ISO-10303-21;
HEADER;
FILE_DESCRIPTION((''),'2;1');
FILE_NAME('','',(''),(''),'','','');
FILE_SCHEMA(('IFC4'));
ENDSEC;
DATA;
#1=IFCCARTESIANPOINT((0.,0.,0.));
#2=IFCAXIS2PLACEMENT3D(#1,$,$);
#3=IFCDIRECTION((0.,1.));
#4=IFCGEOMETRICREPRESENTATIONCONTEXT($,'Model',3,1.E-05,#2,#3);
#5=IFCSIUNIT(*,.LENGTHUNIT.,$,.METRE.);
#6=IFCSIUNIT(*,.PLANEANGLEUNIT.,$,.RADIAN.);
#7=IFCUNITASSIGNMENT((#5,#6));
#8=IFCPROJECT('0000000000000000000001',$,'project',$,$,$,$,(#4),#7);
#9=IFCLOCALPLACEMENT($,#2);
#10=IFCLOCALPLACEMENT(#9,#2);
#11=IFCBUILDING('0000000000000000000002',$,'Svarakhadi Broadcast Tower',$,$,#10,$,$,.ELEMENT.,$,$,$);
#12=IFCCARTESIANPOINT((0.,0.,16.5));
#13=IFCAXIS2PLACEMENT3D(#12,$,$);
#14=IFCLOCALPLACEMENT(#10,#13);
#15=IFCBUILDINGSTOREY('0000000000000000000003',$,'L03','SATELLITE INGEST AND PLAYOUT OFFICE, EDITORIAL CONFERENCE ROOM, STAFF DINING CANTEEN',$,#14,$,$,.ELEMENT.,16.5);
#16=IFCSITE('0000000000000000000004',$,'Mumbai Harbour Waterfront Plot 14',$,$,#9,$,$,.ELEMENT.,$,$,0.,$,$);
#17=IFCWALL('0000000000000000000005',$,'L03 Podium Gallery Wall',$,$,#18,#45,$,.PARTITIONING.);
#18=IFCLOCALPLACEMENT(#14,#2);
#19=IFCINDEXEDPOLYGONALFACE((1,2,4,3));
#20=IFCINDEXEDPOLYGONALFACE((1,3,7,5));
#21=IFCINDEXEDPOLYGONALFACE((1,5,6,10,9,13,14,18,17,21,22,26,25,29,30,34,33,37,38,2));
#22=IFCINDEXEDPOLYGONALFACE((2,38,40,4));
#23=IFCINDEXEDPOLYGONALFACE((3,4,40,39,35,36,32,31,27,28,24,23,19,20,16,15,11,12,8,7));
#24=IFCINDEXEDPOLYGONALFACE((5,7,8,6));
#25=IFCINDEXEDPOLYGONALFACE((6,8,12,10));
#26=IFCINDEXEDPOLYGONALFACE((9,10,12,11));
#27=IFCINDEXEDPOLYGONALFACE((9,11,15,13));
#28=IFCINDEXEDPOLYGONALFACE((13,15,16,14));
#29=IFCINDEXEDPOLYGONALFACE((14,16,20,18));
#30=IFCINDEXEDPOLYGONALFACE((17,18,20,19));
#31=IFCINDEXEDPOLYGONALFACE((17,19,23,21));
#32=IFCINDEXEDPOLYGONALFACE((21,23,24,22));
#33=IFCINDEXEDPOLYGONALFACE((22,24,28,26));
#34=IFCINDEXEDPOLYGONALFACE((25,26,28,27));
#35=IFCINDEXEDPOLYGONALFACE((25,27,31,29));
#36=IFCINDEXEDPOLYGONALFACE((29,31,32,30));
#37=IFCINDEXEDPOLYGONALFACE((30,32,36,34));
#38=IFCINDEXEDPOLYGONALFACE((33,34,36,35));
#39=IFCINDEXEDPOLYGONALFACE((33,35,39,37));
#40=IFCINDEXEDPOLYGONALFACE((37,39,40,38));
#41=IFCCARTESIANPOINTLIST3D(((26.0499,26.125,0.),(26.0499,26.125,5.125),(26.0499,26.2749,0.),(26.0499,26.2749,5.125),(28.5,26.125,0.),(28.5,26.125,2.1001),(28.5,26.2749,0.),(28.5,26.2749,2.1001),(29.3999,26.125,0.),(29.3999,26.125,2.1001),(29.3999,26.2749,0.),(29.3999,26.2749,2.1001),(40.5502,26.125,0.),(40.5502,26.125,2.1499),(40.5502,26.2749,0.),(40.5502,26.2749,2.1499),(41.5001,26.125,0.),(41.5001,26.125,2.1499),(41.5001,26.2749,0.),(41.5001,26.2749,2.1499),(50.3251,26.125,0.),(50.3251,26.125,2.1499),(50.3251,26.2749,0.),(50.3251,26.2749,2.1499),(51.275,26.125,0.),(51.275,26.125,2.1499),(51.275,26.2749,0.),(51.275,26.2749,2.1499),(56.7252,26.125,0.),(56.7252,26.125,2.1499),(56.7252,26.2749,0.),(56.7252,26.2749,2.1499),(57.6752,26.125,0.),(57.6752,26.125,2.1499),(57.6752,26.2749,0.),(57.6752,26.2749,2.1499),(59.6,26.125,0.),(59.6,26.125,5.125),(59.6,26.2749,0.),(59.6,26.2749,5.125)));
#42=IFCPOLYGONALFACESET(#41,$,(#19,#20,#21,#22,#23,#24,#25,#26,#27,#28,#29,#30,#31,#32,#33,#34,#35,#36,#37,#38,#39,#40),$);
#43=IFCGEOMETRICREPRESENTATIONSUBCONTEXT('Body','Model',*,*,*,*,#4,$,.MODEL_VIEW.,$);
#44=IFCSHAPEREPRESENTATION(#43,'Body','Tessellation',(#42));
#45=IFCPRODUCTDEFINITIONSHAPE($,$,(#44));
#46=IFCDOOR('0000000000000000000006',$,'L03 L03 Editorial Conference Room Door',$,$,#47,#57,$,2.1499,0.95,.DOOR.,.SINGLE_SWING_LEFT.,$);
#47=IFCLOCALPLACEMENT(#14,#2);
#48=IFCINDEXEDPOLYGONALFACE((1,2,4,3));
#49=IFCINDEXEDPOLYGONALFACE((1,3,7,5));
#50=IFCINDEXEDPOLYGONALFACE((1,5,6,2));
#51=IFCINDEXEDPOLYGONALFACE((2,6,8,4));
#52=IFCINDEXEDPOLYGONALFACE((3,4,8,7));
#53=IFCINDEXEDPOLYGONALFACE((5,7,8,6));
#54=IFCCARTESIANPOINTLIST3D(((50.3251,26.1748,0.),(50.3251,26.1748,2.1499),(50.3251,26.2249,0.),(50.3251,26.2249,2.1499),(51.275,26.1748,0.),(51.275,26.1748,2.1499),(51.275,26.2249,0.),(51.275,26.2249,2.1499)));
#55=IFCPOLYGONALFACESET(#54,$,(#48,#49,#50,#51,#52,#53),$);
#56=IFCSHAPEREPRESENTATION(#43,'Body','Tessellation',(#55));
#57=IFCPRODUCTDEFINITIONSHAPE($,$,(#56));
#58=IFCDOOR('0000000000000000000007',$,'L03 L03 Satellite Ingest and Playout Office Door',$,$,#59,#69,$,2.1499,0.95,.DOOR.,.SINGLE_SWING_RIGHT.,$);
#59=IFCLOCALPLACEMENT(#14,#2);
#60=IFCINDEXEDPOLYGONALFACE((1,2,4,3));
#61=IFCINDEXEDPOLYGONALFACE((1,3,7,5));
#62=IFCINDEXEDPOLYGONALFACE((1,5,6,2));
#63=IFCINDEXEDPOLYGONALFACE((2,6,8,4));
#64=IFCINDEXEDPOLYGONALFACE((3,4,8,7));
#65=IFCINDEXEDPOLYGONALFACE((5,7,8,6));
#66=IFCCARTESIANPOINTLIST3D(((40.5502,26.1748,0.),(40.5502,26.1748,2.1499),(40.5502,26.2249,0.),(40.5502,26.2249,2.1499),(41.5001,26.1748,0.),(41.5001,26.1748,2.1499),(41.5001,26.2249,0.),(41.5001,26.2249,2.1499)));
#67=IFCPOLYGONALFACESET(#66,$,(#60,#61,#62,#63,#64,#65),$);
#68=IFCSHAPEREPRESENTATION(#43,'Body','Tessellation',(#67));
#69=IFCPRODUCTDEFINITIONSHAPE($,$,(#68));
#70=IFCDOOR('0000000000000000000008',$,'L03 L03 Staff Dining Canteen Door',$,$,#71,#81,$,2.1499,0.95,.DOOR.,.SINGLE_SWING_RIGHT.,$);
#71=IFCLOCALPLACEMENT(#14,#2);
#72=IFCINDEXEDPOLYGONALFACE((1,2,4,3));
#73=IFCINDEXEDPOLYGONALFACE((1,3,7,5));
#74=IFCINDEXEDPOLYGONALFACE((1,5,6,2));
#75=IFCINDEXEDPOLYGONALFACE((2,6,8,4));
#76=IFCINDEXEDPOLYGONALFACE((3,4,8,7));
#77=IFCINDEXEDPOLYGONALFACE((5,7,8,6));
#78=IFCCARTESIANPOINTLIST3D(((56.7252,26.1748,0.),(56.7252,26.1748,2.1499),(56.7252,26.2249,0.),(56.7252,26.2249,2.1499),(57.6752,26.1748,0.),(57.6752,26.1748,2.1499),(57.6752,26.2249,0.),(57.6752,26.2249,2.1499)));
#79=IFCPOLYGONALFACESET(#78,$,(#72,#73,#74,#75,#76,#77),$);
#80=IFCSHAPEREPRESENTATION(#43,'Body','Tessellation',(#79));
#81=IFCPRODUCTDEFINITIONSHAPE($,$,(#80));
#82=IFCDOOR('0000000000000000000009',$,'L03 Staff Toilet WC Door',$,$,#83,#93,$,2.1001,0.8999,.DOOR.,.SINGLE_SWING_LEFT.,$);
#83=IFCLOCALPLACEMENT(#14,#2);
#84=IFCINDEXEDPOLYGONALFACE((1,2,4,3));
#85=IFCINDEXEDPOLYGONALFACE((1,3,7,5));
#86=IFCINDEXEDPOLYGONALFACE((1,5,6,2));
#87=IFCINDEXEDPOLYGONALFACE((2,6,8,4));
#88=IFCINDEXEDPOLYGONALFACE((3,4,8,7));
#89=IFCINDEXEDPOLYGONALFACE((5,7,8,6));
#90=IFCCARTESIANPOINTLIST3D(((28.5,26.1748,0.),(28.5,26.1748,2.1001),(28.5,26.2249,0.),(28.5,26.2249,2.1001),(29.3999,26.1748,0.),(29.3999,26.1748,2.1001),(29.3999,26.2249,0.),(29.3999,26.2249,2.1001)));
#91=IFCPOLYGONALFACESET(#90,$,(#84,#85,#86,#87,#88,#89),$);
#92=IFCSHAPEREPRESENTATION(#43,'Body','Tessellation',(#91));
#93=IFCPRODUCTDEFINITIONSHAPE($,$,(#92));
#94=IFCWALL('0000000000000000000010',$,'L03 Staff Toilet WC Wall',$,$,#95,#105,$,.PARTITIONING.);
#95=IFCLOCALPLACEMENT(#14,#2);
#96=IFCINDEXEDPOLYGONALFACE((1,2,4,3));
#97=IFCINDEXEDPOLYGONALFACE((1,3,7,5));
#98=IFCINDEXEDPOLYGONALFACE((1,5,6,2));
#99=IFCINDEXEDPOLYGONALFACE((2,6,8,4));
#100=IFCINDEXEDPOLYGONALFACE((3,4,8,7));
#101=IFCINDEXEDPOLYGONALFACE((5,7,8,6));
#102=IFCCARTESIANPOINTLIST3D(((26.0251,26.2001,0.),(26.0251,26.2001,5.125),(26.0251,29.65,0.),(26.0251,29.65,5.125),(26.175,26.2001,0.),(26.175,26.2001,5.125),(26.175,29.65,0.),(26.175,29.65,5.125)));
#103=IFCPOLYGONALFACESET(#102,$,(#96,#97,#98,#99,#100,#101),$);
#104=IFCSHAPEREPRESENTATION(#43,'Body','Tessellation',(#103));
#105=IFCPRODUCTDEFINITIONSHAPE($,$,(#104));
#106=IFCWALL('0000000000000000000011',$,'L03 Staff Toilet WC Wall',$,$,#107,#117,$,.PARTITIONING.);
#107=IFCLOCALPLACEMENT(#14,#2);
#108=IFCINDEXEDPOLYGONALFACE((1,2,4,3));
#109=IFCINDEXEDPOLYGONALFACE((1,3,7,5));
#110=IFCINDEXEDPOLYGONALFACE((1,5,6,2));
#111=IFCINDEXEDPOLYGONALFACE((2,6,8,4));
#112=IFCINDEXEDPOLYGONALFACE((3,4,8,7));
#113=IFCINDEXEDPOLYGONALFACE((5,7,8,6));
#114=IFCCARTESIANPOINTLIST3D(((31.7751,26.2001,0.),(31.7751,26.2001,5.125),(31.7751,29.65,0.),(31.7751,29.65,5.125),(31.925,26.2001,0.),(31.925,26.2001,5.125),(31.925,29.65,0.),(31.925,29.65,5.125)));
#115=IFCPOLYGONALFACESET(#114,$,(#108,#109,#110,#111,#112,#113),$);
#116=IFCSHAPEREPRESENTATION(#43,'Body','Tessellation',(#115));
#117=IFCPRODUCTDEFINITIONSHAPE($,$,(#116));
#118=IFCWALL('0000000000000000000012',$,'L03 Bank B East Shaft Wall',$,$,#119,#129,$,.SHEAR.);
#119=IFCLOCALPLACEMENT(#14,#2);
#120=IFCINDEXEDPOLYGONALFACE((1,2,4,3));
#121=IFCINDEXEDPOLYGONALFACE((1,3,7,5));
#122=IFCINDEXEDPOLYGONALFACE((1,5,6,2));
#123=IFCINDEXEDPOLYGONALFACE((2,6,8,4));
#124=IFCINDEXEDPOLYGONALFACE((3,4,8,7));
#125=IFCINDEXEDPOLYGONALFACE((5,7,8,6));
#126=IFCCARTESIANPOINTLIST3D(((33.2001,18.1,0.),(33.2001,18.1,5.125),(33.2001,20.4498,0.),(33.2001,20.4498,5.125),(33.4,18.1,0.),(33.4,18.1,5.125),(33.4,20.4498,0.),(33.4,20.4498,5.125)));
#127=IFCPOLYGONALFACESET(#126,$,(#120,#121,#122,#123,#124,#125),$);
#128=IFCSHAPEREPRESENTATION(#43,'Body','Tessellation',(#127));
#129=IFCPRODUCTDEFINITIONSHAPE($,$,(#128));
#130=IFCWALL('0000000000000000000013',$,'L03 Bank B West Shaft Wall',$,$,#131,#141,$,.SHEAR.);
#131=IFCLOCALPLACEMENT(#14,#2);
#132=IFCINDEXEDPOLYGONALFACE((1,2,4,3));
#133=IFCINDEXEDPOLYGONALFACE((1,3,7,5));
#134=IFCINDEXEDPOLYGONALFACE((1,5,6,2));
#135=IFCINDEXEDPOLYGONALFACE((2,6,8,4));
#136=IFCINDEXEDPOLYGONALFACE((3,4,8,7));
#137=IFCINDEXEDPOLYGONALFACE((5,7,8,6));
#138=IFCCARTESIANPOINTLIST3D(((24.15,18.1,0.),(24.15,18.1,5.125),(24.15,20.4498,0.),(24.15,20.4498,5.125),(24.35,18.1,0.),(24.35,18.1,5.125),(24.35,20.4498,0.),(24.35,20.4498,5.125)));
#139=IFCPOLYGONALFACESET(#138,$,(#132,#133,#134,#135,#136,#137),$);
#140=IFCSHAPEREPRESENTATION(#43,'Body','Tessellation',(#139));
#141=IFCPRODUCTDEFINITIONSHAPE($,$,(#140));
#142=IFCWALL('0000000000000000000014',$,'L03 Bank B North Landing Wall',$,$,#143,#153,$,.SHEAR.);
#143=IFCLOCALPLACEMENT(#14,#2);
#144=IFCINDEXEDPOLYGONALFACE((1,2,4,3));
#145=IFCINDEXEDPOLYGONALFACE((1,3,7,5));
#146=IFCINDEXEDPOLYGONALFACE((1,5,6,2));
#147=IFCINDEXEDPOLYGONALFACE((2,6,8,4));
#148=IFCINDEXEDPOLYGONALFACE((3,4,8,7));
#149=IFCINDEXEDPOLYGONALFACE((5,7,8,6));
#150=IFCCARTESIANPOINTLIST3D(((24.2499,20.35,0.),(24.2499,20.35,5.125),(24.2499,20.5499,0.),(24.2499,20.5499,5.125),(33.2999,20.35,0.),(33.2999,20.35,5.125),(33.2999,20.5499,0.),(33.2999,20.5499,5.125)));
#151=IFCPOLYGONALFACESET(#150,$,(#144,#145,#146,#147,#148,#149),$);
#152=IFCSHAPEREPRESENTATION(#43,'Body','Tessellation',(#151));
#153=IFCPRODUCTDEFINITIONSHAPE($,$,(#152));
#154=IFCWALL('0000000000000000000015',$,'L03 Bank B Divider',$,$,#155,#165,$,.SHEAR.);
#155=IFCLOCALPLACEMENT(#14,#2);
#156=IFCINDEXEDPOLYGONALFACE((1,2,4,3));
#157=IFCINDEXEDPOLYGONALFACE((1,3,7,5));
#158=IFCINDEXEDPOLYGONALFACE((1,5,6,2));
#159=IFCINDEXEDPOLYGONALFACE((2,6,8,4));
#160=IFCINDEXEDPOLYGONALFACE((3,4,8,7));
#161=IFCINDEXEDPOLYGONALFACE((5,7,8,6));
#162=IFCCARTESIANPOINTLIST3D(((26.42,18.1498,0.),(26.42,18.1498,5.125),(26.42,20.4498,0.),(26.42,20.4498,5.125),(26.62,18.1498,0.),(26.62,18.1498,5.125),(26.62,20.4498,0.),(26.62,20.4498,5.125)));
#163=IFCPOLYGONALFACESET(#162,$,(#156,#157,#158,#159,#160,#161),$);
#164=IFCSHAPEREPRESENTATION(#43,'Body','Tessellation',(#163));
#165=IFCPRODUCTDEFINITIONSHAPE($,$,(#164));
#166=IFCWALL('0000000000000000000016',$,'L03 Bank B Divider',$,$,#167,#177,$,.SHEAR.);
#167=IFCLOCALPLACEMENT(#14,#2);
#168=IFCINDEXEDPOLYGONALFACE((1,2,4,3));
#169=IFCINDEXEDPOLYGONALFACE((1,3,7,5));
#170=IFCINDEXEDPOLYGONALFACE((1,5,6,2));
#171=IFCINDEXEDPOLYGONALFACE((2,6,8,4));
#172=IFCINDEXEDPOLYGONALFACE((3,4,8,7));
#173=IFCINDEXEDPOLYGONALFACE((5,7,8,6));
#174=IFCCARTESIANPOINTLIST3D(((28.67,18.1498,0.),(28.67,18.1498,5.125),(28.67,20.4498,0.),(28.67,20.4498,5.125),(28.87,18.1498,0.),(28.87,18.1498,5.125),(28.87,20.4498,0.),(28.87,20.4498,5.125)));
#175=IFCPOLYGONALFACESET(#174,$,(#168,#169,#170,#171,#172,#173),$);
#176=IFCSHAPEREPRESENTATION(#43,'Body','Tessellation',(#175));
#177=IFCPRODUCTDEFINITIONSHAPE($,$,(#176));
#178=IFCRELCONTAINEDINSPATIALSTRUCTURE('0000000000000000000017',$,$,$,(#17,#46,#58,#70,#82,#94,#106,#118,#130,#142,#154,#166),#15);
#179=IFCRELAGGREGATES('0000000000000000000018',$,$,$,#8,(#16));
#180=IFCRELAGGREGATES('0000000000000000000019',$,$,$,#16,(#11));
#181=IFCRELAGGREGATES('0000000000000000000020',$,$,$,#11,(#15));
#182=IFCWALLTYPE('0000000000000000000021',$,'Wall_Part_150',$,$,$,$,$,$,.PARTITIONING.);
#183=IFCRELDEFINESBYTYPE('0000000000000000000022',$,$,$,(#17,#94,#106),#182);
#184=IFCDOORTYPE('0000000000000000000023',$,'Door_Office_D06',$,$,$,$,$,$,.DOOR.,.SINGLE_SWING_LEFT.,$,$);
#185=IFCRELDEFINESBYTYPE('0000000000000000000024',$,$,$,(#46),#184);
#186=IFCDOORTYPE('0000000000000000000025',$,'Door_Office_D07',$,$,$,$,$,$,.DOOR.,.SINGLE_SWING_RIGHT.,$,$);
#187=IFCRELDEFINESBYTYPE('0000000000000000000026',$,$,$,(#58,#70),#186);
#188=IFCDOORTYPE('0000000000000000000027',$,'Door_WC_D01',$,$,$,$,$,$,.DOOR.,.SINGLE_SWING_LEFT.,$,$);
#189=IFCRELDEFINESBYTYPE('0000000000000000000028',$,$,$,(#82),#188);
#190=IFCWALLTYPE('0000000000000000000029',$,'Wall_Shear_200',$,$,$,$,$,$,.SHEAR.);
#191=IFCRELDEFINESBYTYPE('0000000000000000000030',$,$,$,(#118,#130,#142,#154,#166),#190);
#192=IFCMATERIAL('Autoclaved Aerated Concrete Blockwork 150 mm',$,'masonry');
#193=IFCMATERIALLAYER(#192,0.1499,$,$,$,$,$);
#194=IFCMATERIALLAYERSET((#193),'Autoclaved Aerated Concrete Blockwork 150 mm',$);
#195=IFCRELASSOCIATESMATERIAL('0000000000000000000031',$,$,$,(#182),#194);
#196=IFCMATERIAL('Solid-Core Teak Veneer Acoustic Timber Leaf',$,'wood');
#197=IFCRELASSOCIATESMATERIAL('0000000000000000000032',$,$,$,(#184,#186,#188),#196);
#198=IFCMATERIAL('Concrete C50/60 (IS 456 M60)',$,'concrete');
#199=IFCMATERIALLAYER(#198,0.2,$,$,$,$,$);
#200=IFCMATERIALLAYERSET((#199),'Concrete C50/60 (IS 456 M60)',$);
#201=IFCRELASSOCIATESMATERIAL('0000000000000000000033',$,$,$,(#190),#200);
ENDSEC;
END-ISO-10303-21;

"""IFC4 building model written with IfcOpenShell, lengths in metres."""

from ifc_helpers import new_model, si_unit, direction, frame, frame_2d, origin, place, context, subcontext, project, spatial, rectangle, extrude, material, layer, layer_set, type_object, element, fill, save


model = new_model("IFC4")

# Units and contexts
model_context = context("Model", 3, precision=1e-05, world=origin(), true_north=direction((0.0, 1.0)))
body_context = subcontext(model_context, "Body", "Model", "MODEL_VIEW")
ifc_project = project(units=[si_unit("LENGTHUNIT", "METRE"), si_unit("PLANEANGLEUNIT", "RADIAN")], contexts=[model_context])

# Site, building, storey
site_placement = place(None, origin())
site = spatial("IfcSite", under=ifc_project, at=site_placement, Name="Mumbai Harbour Waterfront Plot 14", CompositionType="ELEMENT", RefElevation=0.0)
building_placement = place(site_placement, origin())
building = spatial("IfcBuilding", under=site, at=building_placement, Name="Svarakhadi Broadcast Tower", CompositionType="ELEMENT")
storey_placement = place(building_placement, frame((0.0, 0.0, 16.5)))
storey = spatial("IfcBuildingStorey", under=building, at=storey_placement, Name="L03", Description="SATELLITE INGEST AND PLAYOUT OFFICE, EDITORIAL CONFERENCE ROOM, STAFF DINING CANTEEN", CompositionType="ELEMENT", Elevation=16.5)

# Wall, openings, doors
ifc_material_1 = material(Name="Autoclaved Aerated Concrete Blockwork 150 mm", Category="masonry")
ifc_layer_1 = layer(ifc_material_1, 0.1499)
ifc_layer_set_1 = layer_set([ifc_layer_1], Name="Autoclaved Aerated Concrete Blockwork 150 mm")
wall_type_1 = type_object("IfcWallType", Name="Wall_Part_150", PredefinedType="PARTITIONING", material=ifc_layer_set_1)
wall_1_placement = place(storey_placement, frame((26.05, 26.2, 0.0), z_axis=(0.0, 0.0, 1.0), x_axis=(1.0, 0.0, 0.0)))
wall_1 = element("IfcWall", 1, at=wall_1_placement, inside=storey, type_object=wall_type_1, Name="L03 Podium Gallery Wall", PredefinedType="PARTITIONING", context=body_context, shape_type="SweptSolid", body=[
    extrude(rectangle(XDim=33.55, YDim=0.1499, at=frame_2d((16.7749, 0.0))), origin(), (0.0, 0.0, 1.0), 5.125),
])
opening_1_placement = place(wall_1_placement, frame((2.45, 0.0, 0.0)))
opening_1 = element("IfcOpeningElement", 2, at=opening_1_placement, cuts=wall_1, PredefinedType="OPENING", context=body_context, shape_type="SweptSolid", body=[
    extrude(rectangle(XDim=0.8999, YDim=2.1001, at=frame_2d((0.45, 1.05))), frame((0.0, 0.085, 0.0), z_axis=(0.0, -1.0, 0.0), x_axis=(1.0, 0.0, 0.0)), (0.0, 0.0, 1.0), 0.1699),
])
opening_2_placement = place(wall_1_placement, frame((14.5, 0.0, 0.0)))
opening_2 = element("IfcOpeningElement", 3, at=opening_2_placement, cuts=wall_1, PredefinedType="OPENING", context=body_context, shape_type="SweptSolid", body=[
    extrude(rectangle(XDim=0.95, YDim=2.1499, at=frame_2d((0.4751, 1.075))), frame((0.0, 0.085, 0.0), z_axis=(0.0, -1.0, 0.0), x_axis=(1.0, 0.0, 0.0)), (0.0, 0.0, 1.0), 0.1699),
])
opening_3_placement = place(wall_1_placement, frame((24.2749, 0.0, 0.0)))
opening_3 = element("IfcOpeningElement", 4, at=opening_3_placement, cuts=wall_1, PredefinedType="OPENING", context=body_context, shape_type="SweptSolid", body=[
    extrude(rectangle(XDim=0.95, YDim=2.1499, at=frame_2d((0.4751, 1.075))), frame((0.0, 0.085, 0.0), z_axis=(0.0, -1.0, 0.0), x_axis=(1.0, 0.0, 0.0)), (0.0, 0.0, 1.0), 0.1699),
])
opening_4_placement = place(wall_1_placement, frame((30.675, 0.0, 0.0)))
opening_4 = element("IfcOpeningElement", 5, at=opening_4_placement, cuts=wall_1, PredefinedType="OPENING", context=body_context, shape_type="SweptSolid", body=[
    extrude(rectangle(XDim=0.95, YDim=2.1499, at=frame_2d((0.4751, 1.075))), frame((0.0, 0.085, 0.0), z_axis=(0.0, -1.0, 0.0), x_axis=(1.0, 0.0, 0.0)), (0.0, 0.0, 1.0), 0.1699),
])
ifc_material_2 = material(Name="Solid-Core Teak Veneer Acoustic Timber Leaf", Category="wood")
door_type_1 = type_object("IfcDoorType", Name="Door_Office_D06", OperationType="SINGLE_SWING_LEFT", PredefinedType="DOOR", material=ifc_material_2)
door_1_placement = place(opening_3_placement, origin())
door_1 = element("IfcDoor", 6, at=door_1_placement, inside=storey, type_object=door_type_1, Name="L03 L03 Editorial Conference Room Door", OperationType="SINGLE_SWING_LEFT", OverallHeight=2.1499, OverallWidth=0.95, PredefinedType="DOOR", context=body_context, shape_type="SweptSolid", body=[
    extrude(rectangle(XDim=0.95, YDim=2.1499, at=frame_2d((0.4751, 1.075))), frame((0.0, 0.0249, 0.0), z_axis=(0.0, -1.0, 0.0), x_axis=(1.0, 0.0, 0.0)), (0.0, 0.0, 1.0), 0.05),
])
fill(opening_3, door_1)
door_type_2 = type_object("IfcDoorType", Name="Door_Office_D07", OperationType="SINGLE_SWING_RIGHT", PredefinedType="DOOR", material=ifc_material_2)
door_2_placement = place(opening_2_placement, origin())
door_2 = element("IfcDoor", 7, at=door_2_placement, inside=storey, type_object=door_type_2, Name="L03 L03 Satellite Ingest and Playout Office Door", OperationType="SINGLE_SWING_RIGHT", OverallHeight=2.1499, OverallWidth=0.95, PredefinedType="DOOR", context=body_context, shape_type="SweptSolid", body=[
    extrude(rectangle(XDim=0.95, YDim=2.1499, at=frame_2d((0.4751, 1.075))), frame((0.0, 0.0249, 0.0), z_axis=(0.0, -1.0, 0.0), x_axis=(1.0, 0.0, 0.0)), (0.0, 0.0, 1.0), 0.05),
])
fill(opening_2, door_2)
door_3_placement = place(opening_4_placement, origin())
door_3 = element("IfcDoor", 8, at=door_3_placement, inside=storey, type_object=door_type_2, Name="L03 L03 Staff Dining Canteen Door", OperationType="SINGLE_SWING_RIGHT", OverallHeight=2.1499, OverallWidth=0.95, PredefinedType="DOOR", context=body_context, shape_type="SweptSolid", body=[
    extrude(rectangle(XDim=0.95, YDim=2.1499, at=frame_2d((0.4751, 1.075))), frame((0.0, 0.0249, 0.0), z_axis=(0.0, -1.0, 0.0), x_axis=(1.0, 0.0, 0.0)), (0.0, 0.0, 1.0), 0.05),
])
fill(opening_4, door_3)
door_type_3 = type_object("IfcDoorType", Name="Door_WC_D01", OperationType="SINGLE_SWING_LEFT", PredefinedType="DOOR", material=ifc_material_2)
door_4_placement = place(opening_1_placement, origin())
door_4 = element("IfcDoor", 9, at=door_4_placement, inside=storey, type_object=door_type_3, Name="L03 Staff Toilet WC Door", OperationType="SINGLE_SWING_LEFT", OverallHeight=2.1001, OverallWidth=0.8999, PredefinedType="DOOR", context=body_context, shape_type="SweptSolid", body=[
    extrude(rectangle(XDim=0.8999, YDim=2.1001, at=frame_2d((0.45, 1.05))), frame((0.0, 0.0249, 0.0), z_axis=(0.0, -1.0, 0.0), x_axis=(1.0, 0.0, 0.0)), (0.0, 0.0, 1.0), 0.05),
])
fill(opening_1, door_4)

# Walls
for number, where, z_axis, x_axis, name in (
    (10, (26.1001, 26.2, 0.0), (0.0, 0.0, 1.0), (0.0, 1.0, 0.0), "L03 Staff Toilet WC Wall"),
    (11, (31.8501, 26.2, 0.0), (0.0, 0.0, 1.0), (0.0, 1.0, 0.0), "L03 Staff Toilet WC Wall"),
):
    element("IfcWall", number, at=place(storey_placement, frame(where, z_axis=z_axis, x_axis=x_axis)), inside=storey, type_object=wall_type_1, Name=name, PredefinedType="PARTITIONING", context=body_context, shape_type="SweptSolid", body=[
        extrude(rectangle(XDim=3.45, YDim=0.1499, at=frame_2d((1.7251, 0.0))), origin(), (0.0, 0.0, 1.0), 5.125),
    ])
ifc_material_3 = material(Name="Concrete C50/60 (IS 456 M60)", Category="concrete")
ifc_layer_2 = layer(ifc_material_3, 0.2)
ifc_layer_set_2 = layer_set([ifc_layer_2], Name="Concrete C50/60 (IS 456 M60)")
wall_type_2 = type_object("IfcWallType", Name="Wall_Shear_200", PredefinedType="SHEAR", material=ifc_layer_set_2)
for number, where, z_axis, x_axis, name in (
    (12, (33.3, 18.1001, 0.0), (0.0, 0.0, 1.0), (0.0, 1.0, 0.0), "L03 Bank B East Shaft Wall"),
    (13, (24.25, 18.1001, 0.0), (0.0, 0.0, 1.0), (0.0, 1.0, 0.0), "L03 Bank B West Shaft Wall"),
):
    element("IfcWall", number, at=place(storey_placement, frame(where, z_axis=z_axis, x_axis=x_axis)), inside=storey, type_object=wall_type_2, Name=name, PredefinedType="SHEAR", context=body_context, shape_type="SweptSolid", body=[
        extrude(rectangle(XDim=2.3499, YDim=0.2, at=frame_2d((1.1748, 0.0))), origin(), (0.0, 0.0, 1.0), 5.125),
    ])
wall_2_placement = place(storey_placement, frame((24.25, 20.45, 0.0), z_axis=(0.0, 0.0, 1.0), x_axis=(1.0, 0.0, 0.0)))
element("IfcWall", 14, at=wall_2_placement, inside=storey, type_object=wall_type_2, Name="L03 Bank B North Landing Wall", PredefinedType="SHEAR", context=body_context, shape_type="SweptSolid", body=[
    extrude(rectangle(XDim=9.05, YDim=0.2, at=frame_2d((4.5249, 0.0))), origin(), (0.0, 0.0, 1.0), 5.125),
])
for number, where, z_axis, x_axis, name in (
    (15, (26.52, 18.1499, 0.0), (0.0, 0.0, 1.0), (0.0, 1.0, 0.0), "L03 Bank B Divider"),
    (16, (28.77, 18.1499, 0.0), (0.0, 0.0, 1.0), (0.0, 1.0, 0.0), "L03 Bank B Divider"),
):
    element("IfcWall", number, at=place(storey_placement, frame(where, z_axis=z_axis, x_axis=x_axis)), inside=storey, type_object=wall_type_2, Name=name, PredefinedType="SHEAR", context=body_context, shape_type="SweptSolid", body=[
        extrude(rectangle(XDim=2.3, YDim=0.2, at=frame_2d((1.1499, 0.0))), origin(), (0.0, 0.0, 1.0), 5.125),
    ])

save(model, "model.ifc")
